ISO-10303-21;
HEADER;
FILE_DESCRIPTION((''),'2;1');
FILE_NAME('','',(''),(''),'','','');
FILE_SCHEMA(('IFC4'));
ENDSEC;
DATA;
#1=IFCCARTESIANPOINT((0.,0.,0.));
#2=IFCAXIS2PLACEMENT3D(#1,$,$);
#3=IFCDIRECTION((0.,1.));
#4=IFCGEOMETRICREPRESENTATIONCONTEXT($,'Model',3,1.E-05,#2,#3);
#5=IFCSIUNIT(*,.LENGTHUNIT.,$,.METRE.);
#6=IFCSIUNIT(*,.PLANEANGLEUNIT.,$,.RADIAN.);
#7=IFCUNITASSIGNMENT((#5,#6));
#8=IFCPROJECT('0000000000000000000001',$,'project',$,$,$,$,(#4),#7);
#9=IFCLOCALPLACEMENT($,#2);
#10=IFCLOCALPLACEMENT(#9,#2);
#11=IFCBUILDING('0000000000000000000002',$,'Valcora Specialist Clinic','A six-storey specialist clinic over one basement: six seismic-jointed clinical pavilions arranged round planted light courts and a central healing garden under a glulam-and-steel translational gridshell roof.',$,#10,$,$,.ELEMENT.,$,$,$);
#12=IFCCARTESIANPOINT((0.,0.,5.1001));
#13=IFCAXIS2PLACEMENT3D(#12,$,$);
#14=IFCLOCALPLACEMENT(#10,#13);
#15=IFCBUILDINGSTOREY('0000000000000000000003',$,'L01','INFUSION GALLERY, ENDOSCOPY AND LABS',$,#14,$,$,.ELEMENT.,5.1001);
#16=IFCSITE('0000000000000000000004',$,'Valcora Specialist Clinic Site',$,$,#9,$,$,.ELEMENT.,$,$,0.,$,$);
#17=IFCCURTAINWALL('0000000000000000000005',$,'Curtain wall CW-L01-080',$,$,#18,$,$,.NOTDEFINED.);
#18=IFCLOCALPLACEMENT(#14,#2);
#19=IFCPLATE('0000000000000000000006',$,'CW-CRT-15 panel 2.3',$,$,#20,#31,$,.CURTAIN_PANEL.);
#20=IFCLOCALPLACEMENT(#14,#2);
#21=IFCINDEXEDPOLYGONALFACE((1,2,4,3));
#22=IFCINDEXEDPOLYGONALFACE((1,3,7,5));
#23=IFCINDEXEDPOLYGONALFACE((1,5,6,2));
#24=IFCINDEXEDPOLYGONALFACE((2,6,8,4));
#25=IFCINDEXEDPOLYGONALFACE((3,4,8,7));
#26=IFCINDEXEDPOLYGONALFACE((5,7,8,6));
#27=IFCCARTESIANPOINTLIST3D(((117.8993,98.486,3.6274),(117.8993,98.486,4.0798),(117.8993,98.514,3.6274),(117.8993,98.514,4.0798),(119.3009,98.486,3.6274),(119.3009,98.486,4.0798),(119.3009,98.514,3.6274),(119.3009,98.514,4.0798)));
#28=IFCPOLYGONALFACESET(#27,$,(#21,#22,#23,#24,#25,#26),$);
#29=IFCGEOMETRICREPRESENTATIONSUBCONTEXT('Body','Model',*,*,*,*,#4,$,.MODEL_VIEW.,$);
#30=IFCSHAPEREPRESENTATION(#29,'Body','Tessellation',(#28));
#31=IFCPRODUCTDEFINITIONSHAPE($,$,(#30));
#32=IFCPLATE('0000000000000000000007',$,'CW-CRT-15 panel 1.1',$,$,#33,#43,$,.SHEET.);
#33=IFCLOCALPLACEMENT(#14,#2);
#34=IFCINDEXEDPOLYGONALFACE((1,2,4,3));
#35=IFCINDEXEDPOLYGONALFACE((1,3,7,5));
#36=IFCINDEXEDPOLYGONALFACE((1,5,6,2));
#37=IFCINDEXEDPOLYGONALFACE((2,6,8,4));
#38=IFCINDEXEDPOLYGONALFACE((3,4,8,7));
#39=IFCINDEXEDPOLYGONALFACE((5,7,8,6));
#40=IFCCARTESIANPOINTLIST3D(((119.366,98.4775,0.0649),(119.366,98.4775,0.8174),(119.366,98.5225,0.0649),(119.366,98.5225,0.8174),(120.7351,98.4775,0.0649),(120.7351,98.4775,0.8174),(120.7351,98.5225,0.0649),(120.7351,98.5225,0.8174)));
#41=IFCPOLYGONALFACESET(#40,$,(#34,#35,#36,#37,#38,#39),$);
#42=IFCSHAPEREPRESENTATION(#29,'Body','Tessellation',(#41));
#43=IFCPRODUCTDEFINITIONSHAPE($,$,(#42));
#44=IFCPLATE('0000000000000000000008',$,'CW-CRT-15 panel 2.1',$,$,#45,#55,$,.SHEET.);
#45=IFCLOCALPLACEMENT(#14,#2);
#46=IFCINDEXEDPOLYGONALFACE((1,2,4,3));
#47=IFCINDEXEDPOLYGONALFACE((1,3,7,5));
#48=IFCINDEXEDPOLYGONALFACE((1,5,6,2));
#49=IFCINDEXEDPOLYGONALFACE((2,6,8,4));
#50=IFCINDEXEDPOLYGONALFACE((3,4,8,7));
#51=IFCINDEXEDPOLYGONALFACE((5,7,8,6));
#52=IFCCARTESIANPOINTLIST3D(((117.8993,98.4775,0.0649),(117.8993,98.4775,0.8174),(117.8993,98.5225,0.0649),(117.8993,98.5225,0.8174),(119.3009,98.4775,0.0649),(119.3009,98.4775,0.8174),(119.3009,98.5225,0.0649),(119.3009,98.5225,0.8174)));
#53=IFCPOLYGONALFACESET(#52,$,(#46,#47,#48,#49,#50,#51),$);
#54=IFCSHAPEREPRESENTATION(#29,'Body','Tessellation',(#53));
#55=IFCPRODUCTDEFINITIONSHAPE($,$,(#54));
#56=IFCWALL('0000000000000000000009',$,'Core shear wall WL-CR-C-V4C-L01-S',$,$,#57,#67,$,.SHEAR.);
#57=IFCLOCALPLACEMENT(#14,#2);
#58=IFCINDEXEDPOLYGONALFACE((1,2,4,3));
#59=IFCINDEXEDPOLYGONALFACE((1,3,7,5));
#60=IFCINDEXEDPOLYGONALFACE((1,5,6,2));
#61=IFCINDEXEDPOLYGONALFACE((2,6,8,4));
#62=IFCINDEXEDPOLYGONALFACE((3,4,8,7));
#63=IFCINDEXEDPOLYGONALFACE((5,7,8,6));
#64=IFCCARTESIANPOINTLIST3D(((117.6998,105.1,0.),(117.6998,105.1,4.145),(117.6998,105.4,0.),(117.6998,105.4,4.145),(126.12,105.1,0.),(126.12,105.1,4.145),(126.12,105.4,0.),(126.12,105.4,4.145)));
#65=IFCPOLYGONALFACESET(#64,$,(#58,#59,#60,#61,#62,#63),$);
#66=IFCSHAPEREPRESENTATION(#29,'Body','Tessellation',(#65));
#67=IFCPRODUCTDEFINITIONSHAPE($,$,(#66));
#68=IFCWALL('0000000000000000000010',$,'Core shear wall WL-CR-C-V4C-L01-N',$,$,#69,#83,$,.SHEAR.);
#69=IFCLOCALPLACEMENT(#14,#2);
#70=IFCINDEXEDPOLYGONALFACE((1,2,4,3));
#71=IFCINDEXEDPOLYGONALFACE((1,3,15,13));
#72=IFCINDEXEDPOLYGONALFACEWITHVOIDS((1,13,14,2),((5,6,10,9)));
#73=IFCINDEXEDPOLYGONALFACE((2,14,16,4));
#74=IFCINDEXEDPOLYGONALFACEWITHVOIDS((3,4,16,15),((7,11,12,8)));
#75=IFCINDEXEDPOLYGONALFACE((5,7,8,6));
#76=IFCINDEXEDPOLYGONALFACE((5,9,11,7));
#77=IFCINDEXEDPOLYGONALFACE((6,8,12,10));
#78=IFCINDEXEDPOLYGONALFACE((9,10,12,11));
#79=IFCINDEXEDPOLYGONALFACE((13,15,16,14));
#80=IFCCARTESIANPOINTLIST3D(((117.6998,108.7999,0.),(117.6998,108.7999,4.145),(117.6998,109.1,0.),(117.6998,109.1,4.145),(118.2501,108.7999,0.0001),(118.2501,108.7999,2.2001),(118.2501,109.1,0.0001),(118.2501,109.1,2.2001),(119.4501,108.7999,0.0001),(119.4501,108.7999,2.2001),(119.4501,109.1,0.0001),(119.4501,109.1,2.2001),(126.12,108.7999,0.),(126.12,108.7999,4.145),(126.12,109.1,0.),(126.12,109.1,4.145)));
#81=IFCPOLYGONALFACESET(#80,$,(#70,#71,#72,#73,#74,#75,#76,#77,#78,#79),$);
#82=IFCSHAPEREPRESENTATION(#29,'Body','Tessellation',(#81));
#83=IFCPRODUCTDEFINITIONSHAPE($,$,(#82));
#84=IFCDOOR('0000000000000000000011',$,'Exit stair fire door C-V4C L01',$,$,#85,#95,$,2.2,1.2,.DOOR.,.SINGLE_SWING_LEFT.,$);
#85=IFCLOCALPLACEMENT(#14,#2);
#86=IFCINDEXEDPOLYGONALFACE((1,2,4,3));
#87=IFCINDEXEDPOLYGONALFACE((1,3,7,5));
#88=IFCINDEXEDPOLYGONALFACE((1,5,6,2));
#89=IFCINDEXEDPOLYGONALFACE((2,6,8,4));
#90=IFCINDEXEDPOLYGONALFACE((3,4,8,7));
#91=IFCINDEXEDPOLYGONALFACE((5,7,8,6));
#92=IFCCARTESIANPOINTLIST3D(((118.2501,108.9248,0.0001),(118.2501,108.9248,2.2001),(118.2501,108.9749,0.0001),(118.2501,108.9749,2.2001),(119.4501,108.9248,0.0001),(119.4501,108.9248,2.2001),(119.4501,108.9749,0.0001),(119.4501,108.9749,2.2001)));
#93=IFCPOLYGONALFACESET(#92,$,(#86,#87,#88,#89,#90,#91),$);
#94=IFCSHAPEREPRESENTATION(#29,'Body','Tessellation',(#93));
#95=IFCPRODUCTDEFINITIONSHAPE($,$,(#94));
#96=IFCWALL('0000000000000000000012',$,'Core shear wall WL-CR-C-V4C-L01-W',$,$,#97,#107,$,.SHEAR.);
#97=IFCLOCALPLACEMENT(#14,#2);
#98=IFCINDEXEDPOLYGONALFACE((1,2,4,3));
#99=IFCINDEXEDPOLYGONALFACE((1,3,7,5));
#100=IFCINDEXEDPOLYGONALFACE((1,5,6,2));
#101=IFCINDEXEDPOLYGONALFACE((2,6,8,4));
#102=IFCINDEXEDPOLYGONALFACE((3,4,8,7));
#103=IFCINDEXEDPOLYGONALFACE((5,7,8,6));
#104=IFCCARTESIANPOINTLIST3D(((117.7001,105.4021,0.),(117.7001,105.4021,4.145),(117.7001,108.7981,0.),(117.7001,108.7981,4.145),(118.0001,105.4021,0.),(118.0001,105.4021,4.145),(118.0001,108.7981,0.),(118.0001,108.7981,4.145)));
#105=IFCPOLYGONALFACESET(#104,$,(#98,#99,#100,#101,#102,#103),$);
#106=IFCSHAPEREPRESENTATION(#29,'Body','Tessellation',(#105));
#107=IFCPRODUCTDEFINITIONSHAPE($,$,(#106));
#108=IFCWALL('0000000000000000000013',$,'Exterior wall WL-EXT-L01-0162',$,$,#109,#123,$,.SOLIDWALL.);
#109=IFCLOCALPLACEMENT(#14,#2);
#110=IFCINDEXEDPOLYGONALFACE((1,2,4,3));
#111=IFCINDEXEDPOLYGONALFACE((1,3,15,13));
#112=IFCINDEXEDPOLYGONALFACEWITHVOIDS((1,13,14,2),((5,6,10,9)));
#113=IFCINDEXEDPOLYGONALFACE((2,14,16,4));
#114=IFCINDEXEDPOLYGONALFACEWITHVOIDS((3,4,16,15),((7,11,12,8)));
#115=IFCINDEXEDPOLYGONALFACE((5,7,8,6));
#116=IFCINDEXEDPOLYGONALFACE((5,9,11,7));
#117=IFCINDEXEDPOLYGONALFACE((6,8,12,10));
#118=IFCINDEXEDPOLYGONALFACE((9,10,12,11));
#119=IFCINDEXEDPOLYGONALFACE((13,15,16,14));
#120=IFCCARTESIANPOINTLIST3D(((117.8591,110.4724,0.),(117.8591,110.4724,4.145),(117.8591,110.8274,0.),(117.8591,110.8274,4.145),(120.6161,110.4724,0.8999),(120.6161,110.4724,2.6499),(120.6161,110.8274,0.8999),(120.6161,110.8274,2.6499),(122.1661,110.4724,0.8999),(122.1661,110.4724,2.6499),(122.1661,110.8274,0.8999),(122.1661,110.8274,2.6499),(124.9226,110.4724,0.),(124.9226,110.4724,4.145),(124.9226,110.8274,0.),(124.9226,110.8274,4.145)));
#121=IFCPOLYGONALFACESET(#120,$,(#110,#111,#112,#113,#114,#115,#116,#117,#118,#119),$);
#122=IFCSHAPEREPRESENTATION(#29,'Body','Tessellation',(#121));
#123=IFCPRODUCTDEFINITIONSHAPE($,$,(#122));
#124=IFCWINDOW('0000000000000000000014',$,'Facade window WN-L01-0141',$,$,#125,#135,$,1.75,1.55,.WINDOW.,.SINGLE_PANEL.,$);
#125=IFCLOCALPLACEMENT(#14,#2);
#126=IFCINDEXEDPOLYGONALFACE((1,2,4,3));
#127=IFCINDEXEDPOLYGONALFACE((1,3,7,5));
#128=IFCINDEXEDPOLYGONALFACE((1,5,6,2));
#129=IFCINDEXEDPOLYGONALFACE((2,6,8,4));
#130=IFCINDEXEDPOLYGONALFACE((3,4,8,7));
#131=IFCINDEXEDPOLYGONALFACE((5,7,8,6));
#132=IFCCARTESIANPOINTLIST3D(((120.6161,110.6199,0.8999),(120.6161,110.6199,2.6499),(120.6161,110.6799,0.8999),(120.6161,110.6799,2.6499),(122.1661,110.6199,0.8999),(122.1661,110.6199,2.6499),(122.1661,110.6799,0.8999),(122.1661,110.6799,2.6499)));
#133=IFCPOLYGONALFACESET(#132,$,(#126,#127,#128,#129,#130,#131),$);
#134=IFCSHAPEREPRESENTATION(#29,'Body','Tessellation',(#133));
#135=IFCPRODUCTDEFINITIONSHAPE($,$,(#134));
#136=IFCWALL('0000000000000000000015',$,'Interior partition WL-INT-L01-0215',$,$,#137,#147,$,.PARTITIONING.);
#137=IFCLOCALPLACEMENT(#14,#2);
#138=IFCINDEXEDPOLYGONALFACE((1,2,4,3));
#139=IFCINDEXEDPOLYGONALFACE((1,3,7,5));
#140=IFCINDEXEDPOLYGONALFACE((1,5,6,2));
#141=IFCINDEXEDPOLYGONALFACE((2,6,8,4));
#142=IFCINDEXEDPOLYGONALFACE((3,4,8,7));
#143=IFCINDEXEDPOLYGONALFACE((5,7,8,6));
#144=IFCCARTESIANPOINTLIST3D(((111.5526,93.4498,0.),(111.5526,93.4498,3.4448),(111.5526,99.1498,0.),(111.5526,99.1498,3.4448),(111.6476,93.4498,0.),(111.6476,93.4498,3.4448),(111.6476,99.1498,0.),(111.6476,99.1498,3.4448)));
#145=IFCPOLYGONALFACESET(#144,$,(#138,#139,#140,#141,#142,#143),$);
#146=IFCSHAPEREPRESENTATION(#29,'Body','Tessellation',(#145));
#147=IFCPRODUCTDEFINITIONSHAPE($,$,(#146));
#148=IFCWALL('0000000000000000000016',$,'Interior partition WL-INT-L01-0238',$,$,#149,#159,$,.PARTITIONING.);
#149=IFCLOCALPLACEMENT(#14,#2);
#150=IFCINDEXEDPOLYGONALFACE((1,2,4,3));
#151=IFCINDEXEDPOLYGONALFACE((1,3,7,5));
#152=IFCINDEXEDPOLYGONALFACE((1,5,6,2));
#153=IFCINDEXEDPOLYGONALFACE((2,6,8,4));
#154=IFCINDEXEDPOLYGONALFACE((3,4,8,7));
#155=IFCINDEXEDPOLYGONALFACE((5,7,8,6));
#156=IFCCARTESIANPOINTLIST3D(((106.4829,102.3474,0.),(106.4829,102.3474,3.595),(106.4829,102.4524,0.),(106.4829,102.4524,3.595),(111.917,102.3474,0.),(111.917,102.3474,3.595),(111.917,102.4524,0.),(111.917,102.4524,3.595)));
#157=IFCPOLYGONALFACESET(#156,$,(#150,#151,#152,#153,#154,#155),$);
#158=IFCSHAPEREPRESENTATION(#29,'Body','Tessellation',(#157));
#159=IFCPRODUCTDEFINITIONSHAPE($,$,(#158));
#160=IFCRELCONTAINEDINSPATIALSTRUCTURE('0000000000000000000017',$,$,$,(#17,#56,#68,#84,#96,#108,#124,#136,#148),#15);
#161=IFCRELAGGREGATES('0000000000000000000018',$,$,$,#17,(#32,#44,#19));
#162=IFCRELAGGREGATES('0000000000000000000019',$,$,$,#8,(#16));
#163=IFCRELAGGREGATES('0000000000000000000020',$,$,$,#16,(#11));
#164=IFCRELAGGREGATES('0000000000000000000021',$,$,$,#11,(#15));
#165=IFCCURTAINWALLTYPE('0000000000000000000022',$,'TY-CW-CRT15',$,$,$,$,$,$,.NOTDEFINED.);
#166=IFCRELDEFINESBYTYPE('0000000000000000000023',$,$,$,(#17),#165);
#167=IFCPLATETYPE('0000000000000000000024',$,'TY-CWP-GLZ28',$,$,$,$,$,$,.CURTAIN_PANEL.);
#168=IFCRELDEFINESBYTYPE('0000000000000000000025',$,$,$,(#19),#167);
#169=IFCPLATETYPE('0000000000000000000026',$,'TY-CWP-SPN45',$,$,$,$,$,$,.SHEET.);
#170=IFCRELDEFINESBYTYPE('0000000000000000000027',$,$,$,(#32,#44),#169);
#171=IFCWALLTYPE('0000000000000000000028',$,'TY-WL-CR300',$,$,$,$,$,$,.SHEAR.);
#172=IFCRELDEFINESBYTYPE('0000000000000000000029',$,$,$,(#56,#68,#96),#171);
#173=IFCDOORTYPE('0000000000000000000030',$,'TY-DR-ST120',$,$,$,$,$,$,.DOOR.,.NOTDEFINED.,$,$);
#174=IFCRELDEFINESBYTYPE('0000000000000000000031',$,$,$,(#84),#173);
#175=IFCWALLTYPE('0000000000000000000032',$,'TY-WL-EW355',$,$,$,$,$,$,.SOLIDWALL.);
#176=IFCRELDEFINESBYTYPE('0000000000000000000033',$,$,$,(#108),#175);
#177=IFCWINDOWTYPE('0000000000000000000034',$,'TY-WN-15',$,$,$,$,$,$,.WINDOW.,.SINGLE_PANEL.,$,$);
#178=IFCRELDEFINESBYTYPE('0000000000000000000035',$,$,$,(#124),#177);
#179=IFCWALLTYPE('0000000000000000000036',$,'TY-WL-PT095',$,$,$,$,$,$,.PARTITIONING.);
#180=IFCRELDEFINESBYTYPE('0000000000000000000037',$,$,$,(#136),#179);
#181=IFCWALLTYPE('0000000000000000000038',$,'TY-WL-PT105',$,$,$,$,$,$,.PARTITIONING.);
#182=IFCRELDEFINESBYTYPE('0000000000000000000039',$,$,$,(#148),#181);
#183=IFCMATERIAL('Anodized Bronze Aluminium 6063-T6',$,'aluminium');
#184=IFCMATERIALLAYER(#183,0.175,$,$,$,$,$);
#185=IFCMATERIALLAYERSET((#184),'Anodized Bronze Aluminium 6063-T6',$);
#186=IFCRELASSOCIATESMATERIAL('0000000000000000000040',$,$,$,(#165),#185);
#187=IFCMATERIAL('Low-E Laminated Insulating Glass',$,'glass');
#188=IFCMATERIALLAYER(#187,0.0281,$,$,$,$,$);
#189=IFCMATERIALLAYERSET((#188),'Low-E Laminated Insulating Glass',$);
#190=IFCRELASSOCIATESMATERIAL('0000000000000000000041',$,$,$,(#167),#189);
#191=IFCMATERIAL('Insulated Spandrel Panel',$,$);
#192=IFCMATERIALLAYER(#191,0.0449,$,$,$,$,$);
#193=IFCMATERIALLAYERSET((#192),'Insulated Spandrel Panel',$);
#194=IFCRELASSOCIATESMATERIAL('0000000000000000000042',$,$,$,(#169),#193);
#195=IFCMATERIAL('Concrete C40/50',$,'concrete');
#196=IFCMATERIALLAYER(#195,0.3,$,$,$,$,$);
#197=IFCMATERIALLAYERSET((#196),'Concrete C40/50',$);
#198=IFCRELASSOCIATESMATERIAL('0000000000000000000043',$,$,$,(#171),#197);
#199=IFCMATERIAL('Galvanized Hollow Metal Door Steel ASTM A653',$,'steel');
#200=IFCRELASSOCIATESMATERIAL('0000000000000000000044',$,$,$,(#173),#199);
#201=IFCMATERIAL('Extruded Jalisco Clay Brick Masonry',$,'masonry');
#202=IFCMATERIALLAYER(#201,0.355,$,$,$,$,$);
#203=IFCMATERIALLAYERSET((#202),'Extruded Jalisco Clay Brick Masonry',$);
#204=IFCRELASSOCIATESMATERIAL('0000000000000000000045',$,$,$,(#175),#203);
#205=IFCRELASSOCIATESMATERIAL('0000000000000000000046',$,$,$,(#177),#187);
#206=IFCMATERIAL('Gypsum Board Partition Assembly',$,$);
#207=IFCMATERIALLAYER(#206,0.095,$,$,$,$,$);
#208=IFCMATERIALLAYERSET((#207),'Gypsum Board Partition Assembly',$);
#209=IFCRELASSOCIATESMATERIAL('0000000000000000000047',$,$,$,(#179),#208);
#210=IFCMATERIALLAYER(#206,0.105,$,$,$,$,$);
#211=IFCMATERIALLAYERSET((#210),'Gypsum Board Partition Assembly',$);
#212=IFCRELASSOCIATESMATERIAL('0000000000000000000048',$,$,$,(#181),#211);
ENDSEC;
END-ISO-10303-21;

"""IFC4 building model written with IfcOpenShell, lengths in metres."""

from ifc_helpers import new_model, si_unit, direction, frame, frame_2d, origin, origin_2d, place, context, subcontext, project, spatial, rectangle, extrude, material, layer, layer_set, type_object, element, fill, aggregate, save


model = new_model("IFC4")

# Units and contexts
model_context = context("Model", 3, precision=1e-05, world=origin(), true_north=direction((0.0, 1.0)))
body_context = subcontext(model_context, "Body", "Model", "MODEL_VIEW")
ifc_project = project(units=[si_unit("LENGTHUNIT", "METRE"), si_unit("PLANEANGLEUNIT", "RADIAN")], contexts=[model_context])

# Site, building, storey
site_placement = place(None, origin())
site = spatial("IfcSite", under=ifc_project, at=site_placement, Name="Valcora Specialist Clinic Site", CompositionType="ELEMENT", RefElevation=0.0)
building_placement = place(site_placement, origin())
building = spatial("IfcBuilding", under=site, at=building_placement, Name="Valcora Specialist Clinic", Description="A six-storey specialist clinic over one basement: six seismic-jointed clinical pavilions arranged round planted light courts and a central healing garden under a glulam-and-steel translational gridshell roof.", CompositionType="ELEMENT")
storey_placement = place(building_placement, frame((0.0, 0.0, 5.1001)))
storey = spatial("IfcBuildingStorey", under=building, at=storey_placement, Name="L01", Description="INFUSION GALLERY, ENDOSCOPY AND LABS", CompositionType="ELEMENT", Elevation=5.1001)

# Curtain wall, plates
ifc_material_1 = material(Name="Anodized Bronze Aluminium 6063-T6", Category="aluminium")
ifc_layer_1 = layer(ifc_material_1, 0.175)
ifc_layer_set_1 = layer_set([ifc_layer_1], Name="Anodized Bronze Aluminium 6063-T6")
curtain_wall_type = type_object("IfcCurtainWallType", Name="TY-CW-CRT15", PredefinedType="NOTDEFINED", material=ifc_layer_set_1)
curtain_wall_placement = place(storey_placement, origin())
curtain_wall = element("IfcCurtainWall", 1, at=curtain_wall_placement, inside=storey, type_object=curtain_wall_type, Name="Curtain wall CW-L01-080", PredefinedType="NOTDEFINED")
ifc_material_2 = material(Name="Low-E Laminated Insulating Glass", Category="glass")
ifc_layer_2 = layer(ifc_material_2, 0.0281)
ifc_layer_set_2 = layer_set([ifc_layer_2], Name="Low-E Laminated Insulating Glass")
plate_type_1 = type_object("IfcPlateType", Name="TY-CWP-GLZ28", PredefinedType="CURTAIN_PANEL", material=ifc_layer_set_2)
plate_1_placement = place(storey_placement, frame((118.6001, 98.5, 3.6274), z_axis=(0.0, 0.0, 1.0), x_axis=(-1.0, 0.0, 0.0)))
plate_1 = element("IfcPlate", 2, at=plate_1_placement, type_object=plate_type_1, Name="CW-CRT-15 panel 2.3", PredefinedType="CURTAIN_PANEL", context=body_context, shape_type="SweptSolid", body=[
    extrude(rectangle(XDim=1.4016, YDim=0.0281, at=origin_2d()), origin(), (0.0, 0.0, 1.0), 0.4524),
])
ifc_material_3 = material(Name="Insulated Spandrel Panel")
ifc_layer_3 = layer(ifc_material_3, 0.0449)
ifc_layer_set_3 = layer_set([ifc_layer_3], Name="Insulated Spandrel Panel")
plate_type_2 = type_object("IfcPlateType", Name="TY-CWP-SPN45", PredefinedType="SHEET", material=ifc_layer_set_3)
plate_2_placement = place(storey_placement, frame((120.0505, 98.5, 0.0649), z_axis=(0.0, 0.0, 1.0), x_axis=(-1.0, 0.0, 0.0)))
plate_2 = element("IfcPlate", 3, at=plate_2_placement, type_object=plate_type_2, Name="CW-CRT-15 panel 1.1", PredefinedType="SHEET", context=body_context, shape_type="SweptSolid", body=[
    extrude(rectangle(XDim=1.3691, YDim=0.0449, at=origin_2d()), origin(), (0.0, 0.0, 1.0), 0.7524),
])
plate_3_placement = place(storey_placement, frame((118.6001, 98.5, 0.0649), z_axis=(0.0, 0.0, 1.0), x_axis=(-1.0, 0.0, 0.0)))
plate_3 = element("IfcPlate", 4, at=plate_3_placement, type_object=plate_type_2, Name="CW-CRT-15 panel 2.1", PredefinedType="SHEET", context=body_context, shape_type="SweptSolid", body=[
    extrude(rectangle(XDim=1.4016, YDim=0.0449, at=origin_2d()), origin(), (0.0, 0.0, 1.0), 0.7524),
])
aggregate(curtain_wall, [plate_2, plate_3, plate_1])

# Wall
ifc_material_4 = material(Name="Concrete C40/50", Category="concrete")
ifc_layer_4 = layer(ifc_material_4, 0.3)
ifc_layer_set_4 = layer_set([ifc_layer_4], Name="Concrete C40/50")
wall_type_1 = type_object("IfcWallType", Name="TY-WL-CR300", PredefinedType="SHEAR", material=ifc_layer_set_4)
wall_1_placement = place(storey_placement, frame((117.7, 105.25, 0.0), z_axis=(0.0, 0.0, 1.0), x_axis=(1.0, 0.0, 0.0)))
element("IfcWall", 5, at=wall_1_placement, inside=storey, type_object=wall_type_1, Name="Core shear wall WL-CR-C-V4C-L01-S", PredefinedType="SHEAR", context=body_context, shape_type="SweptSolid", body=[
    extrude(rectangle(XDim=8.4202, YDim=0.3, at=frame_2d((4.21, 0.0))), origin(), (0.0, 0.0, 1.0), 4.145),
])

# Wall, opening, door
wall_2_placement = place(storey_placement, frame((117.7, 108.95, 0.0), z_axis=(0.0, 0.0, 1.0), x_axis=(1.0, 0.0, 0.0)))
wall_2 = element("IfcWall", 6, at=wall_2_placement, inside=storey, type_object=wall_type_1, Name="Core shear wall WL-CR-C-V4C-L01-N", PredefinedType="SHEAR", context=body_context, shape_type="SweptSolid", body=[
    extrude(rectangle(XDim=8.4202, YDim=0.3, at=frame_2d((4.21, 0.0))), origin(), (0.0, 0.0, 1.0), 4.145),
])
opening_1_placement = place(wall_2_placement, frame((0.55, 0.0, 0.0)))
opening_1 = element("IfcOpeningElement", 7, at=opening_1_placement, cuts=wall_2, PredefinedType="OPENING", context=body_context, shape_type="SweptSolid", body=[
    extrude(rectangle(XDim=1.2, YDim=2.2, at=frame_2d((0.6001, 1.1001))), frame((0.0, 0.1599, 0.0), z_axis=(0.0, -1.0, 0.0), x_axis=(1.0, 0.0, 0.0)), (0.0, 0.0, 1.0), 0.3201),
])
ifc_material_5 = material(Name="Galvanized Hollow Metal Door Steel ASTM A653", Category="steel")
door_type_1 = type_object("IfcDoorType", Name="TY-DR-ST120", OperationType="NOTDEFINED", PredefinedType="DOOR", material=ifc_material_5)
door_1_placement = place(opening_1_placement, origin())
door_1 = element("IfcDoor", 8, at=door_1_placement, inside=storey, type_object=door_type_1, Name="Exit stair fire door C-V4C L01", OperationType="SINGLE_SWING_LEFT", OverallHeight=2.2, OverallWidth=1.2, PredefinedType="DOOR", context=body_context, shape_type="SweptSolid", body=[
    extrude(rectangle(XDim=1.2, YDim=2.2, at=frame_2d((0.6001, 1.1001))), frame((0.0, 0.0249, 0.0), z_axis=(0.0, -1.0, 0.0), x_axis=(1.0, 0.0, 0.0)), (0.0, 0.0, 1.0), 0.05),
])
fill(opening_1, door_1)

# Wall
wall_3_placement = place(storey_placement, frame((117.8501, 105.4021, 0.0), z_axis=(0.0, 0.0, 1.0), x_axis=(0.0, 1.0, 0.0)))
element("IfcWall", 9, at=wall_3_placement, inside=storey, type_object=wall_type_1, Name="Core shear wall WL-CR-C-V4C-L01-W", PredefinedType="SHEAR", context=body_context, shape_type="SweptSolid", body=[
    extrude(rectangle(XDim=3.396, YDim=0.3, at=frame_2d((1.698, 0.0))), origin(), (0.0, 0.0, 1.0), 4.145),
])

# Wall, opening, window
ifc_material_6 = material(Name="Extruded Jalisco Clay Brick Masonry", Category="masonry")
ifc_layer_5 = layer(ifc_material_6, 0.355)
ifc_layer_set_5 = layer_set([ifc_layer_5], Name="Extruded Jalisco Clay Brick Masonry")
wall_type_2 = type_object("IfcWallType", Name="TY-WL-EW355", PredefinedType="SOLIDWALL", material=ifc_layer_set_5)
wall_4_placement = place(storey_placement, frame((117.8591, 110.6499, 0.0), z_axis=(0.0, 0.0, 1.0), x_axis=(1.0, 0.0, 0.0)))
wall_4 = element("IfcWall", 10, at=wall_4_placement, inside=storey, type_object=wall_type_2, Name="Exterior wall WL-EXT-L01-0162", PredefinedType="SOLIDWALL", context=body_context, shape_type="SweptSolid", body=[
    extrude(rectangle(XDim=7.0635, YDim=0.355, at=frame_2d((3.5317, 0.0))), origin(), (0.0, 0.0, 1.0), 4.145),
])
opening_2_placement = place(wall_4_placement, frame((2.7571, 0.0, 0.8999)))
opening_2 = element("IfcOpeningElement", 11, at=opening_2_placement, cuts=wall_4, PredefinedType="OPENING", context=body_context, shape_type="SweptSolid", body=[
    extrude(rectangle(XDim=1.55, YDim=1.75, at=frame_2d((0.7749, 0.875))), frame((0.0, 0.1875, 0.0), z_axis=(0.0, -1.0, 0.0), x_axis=(1.0, 0.0, 0.0)), (0.0, 0.0, 1.0), 0.375),
])
window_type = type_object("IfcWindowType", Name="TY-WN-15", PartitioningType="SINGLE_PANEL", PredefinedType="WINDOW", material=ifc_material_2)
window_placement = place(opening_2_placement, origin())
window = element("IfcWindow", 12, at=window_placement, inside=storey, type_object=window_type, Name="Facade window WN-L01-0141", OverallHeight=1.75, OverallWidth=1.55, PartitioningType="SINGLE_PANEL", PredefinedType="WINDOW", context=body_context, shape_type="SweptSolid", body=[
    extrude(rectangle(XDim=1.55, YDim=1.75, at=frame_2d((0.7749, 0.875))), frame((0.0, 0.03, 0.0), z_axis=(0.0, -1.0, 0.0), x_axis=(1.0, 0.0, 0.0)), (0.0, 0.0, 1.0), 0.0601),
])
fill(opening_2, window)

# Walls
ifc_material_7 = material(Name="Gypsum Board Partition Assembly")
ifc_layer_6 = layer(ifc_material_7, 0.095)
ifc_layer_set_6 = layer_set([ifc_layer_6], Name="Gypsum Board Partition Assembly")
wall_type_3 = type_object("IfcWallType", Name="TY-WL-PT095", PredefinedType="PARTITIONING", material=ifc_layer_set_6)
wall_5_placement = place(storey_placement, frame((111.6001, 99.1499, 0.0), z_axis=(0.0, 0.0, 1.0), x_axis=(0.0, -1.0, 0.0)))
element("IfcWall", 13, at=wall_5_placement, inside=storey, type_object=wall_type_3, Name="Interior partition WL-INT-L01-0215", PredefinedType="PARTITIONING", context=body_context, shape_type="SweptSolid", body=[
    extrude(rectangle(XDim=5.7, YDim=0.095, at=frame_2d((2.8501, 0.0))), origin(), (0.0, 0.0, 1.0), 3.4448),
])
ifc_layer_7 = layer(ifc_material_7, 0.105)
ifc_layer_set_7 = layer_set([ifc_layer_7], Name="Gypsum Board Partition Assembly")
wall_type_4 = type_object("IfcWallType", Name="TY-WL-PT105", PredefinedType="PARTITIONING", material=ifc_layer_set_7)
wall_6_placement = place(storey_placement, frame((111.917, 102.3999, 0.0), z_axis=(0.0, 0.0, 1.0), x_axis=(-1.0, 0.0, 0.0)))
element("IfcWall", 14, at=wall_6_placement, inside=storey, type_object=wall_type_4, Name="Interior partition WL-INT-L01-0238", PredefinedType="PARTITIONING", context=body_context, shape_type="SweptSolid", body=[
    extrude(rectangle(XDim=5.4341, YDim=0.105, at=frame_2d((2.717, 0.0))), origin(), (0.0, 0.0, 1.0), 3.595),
])

save(model, "model.ifc")
